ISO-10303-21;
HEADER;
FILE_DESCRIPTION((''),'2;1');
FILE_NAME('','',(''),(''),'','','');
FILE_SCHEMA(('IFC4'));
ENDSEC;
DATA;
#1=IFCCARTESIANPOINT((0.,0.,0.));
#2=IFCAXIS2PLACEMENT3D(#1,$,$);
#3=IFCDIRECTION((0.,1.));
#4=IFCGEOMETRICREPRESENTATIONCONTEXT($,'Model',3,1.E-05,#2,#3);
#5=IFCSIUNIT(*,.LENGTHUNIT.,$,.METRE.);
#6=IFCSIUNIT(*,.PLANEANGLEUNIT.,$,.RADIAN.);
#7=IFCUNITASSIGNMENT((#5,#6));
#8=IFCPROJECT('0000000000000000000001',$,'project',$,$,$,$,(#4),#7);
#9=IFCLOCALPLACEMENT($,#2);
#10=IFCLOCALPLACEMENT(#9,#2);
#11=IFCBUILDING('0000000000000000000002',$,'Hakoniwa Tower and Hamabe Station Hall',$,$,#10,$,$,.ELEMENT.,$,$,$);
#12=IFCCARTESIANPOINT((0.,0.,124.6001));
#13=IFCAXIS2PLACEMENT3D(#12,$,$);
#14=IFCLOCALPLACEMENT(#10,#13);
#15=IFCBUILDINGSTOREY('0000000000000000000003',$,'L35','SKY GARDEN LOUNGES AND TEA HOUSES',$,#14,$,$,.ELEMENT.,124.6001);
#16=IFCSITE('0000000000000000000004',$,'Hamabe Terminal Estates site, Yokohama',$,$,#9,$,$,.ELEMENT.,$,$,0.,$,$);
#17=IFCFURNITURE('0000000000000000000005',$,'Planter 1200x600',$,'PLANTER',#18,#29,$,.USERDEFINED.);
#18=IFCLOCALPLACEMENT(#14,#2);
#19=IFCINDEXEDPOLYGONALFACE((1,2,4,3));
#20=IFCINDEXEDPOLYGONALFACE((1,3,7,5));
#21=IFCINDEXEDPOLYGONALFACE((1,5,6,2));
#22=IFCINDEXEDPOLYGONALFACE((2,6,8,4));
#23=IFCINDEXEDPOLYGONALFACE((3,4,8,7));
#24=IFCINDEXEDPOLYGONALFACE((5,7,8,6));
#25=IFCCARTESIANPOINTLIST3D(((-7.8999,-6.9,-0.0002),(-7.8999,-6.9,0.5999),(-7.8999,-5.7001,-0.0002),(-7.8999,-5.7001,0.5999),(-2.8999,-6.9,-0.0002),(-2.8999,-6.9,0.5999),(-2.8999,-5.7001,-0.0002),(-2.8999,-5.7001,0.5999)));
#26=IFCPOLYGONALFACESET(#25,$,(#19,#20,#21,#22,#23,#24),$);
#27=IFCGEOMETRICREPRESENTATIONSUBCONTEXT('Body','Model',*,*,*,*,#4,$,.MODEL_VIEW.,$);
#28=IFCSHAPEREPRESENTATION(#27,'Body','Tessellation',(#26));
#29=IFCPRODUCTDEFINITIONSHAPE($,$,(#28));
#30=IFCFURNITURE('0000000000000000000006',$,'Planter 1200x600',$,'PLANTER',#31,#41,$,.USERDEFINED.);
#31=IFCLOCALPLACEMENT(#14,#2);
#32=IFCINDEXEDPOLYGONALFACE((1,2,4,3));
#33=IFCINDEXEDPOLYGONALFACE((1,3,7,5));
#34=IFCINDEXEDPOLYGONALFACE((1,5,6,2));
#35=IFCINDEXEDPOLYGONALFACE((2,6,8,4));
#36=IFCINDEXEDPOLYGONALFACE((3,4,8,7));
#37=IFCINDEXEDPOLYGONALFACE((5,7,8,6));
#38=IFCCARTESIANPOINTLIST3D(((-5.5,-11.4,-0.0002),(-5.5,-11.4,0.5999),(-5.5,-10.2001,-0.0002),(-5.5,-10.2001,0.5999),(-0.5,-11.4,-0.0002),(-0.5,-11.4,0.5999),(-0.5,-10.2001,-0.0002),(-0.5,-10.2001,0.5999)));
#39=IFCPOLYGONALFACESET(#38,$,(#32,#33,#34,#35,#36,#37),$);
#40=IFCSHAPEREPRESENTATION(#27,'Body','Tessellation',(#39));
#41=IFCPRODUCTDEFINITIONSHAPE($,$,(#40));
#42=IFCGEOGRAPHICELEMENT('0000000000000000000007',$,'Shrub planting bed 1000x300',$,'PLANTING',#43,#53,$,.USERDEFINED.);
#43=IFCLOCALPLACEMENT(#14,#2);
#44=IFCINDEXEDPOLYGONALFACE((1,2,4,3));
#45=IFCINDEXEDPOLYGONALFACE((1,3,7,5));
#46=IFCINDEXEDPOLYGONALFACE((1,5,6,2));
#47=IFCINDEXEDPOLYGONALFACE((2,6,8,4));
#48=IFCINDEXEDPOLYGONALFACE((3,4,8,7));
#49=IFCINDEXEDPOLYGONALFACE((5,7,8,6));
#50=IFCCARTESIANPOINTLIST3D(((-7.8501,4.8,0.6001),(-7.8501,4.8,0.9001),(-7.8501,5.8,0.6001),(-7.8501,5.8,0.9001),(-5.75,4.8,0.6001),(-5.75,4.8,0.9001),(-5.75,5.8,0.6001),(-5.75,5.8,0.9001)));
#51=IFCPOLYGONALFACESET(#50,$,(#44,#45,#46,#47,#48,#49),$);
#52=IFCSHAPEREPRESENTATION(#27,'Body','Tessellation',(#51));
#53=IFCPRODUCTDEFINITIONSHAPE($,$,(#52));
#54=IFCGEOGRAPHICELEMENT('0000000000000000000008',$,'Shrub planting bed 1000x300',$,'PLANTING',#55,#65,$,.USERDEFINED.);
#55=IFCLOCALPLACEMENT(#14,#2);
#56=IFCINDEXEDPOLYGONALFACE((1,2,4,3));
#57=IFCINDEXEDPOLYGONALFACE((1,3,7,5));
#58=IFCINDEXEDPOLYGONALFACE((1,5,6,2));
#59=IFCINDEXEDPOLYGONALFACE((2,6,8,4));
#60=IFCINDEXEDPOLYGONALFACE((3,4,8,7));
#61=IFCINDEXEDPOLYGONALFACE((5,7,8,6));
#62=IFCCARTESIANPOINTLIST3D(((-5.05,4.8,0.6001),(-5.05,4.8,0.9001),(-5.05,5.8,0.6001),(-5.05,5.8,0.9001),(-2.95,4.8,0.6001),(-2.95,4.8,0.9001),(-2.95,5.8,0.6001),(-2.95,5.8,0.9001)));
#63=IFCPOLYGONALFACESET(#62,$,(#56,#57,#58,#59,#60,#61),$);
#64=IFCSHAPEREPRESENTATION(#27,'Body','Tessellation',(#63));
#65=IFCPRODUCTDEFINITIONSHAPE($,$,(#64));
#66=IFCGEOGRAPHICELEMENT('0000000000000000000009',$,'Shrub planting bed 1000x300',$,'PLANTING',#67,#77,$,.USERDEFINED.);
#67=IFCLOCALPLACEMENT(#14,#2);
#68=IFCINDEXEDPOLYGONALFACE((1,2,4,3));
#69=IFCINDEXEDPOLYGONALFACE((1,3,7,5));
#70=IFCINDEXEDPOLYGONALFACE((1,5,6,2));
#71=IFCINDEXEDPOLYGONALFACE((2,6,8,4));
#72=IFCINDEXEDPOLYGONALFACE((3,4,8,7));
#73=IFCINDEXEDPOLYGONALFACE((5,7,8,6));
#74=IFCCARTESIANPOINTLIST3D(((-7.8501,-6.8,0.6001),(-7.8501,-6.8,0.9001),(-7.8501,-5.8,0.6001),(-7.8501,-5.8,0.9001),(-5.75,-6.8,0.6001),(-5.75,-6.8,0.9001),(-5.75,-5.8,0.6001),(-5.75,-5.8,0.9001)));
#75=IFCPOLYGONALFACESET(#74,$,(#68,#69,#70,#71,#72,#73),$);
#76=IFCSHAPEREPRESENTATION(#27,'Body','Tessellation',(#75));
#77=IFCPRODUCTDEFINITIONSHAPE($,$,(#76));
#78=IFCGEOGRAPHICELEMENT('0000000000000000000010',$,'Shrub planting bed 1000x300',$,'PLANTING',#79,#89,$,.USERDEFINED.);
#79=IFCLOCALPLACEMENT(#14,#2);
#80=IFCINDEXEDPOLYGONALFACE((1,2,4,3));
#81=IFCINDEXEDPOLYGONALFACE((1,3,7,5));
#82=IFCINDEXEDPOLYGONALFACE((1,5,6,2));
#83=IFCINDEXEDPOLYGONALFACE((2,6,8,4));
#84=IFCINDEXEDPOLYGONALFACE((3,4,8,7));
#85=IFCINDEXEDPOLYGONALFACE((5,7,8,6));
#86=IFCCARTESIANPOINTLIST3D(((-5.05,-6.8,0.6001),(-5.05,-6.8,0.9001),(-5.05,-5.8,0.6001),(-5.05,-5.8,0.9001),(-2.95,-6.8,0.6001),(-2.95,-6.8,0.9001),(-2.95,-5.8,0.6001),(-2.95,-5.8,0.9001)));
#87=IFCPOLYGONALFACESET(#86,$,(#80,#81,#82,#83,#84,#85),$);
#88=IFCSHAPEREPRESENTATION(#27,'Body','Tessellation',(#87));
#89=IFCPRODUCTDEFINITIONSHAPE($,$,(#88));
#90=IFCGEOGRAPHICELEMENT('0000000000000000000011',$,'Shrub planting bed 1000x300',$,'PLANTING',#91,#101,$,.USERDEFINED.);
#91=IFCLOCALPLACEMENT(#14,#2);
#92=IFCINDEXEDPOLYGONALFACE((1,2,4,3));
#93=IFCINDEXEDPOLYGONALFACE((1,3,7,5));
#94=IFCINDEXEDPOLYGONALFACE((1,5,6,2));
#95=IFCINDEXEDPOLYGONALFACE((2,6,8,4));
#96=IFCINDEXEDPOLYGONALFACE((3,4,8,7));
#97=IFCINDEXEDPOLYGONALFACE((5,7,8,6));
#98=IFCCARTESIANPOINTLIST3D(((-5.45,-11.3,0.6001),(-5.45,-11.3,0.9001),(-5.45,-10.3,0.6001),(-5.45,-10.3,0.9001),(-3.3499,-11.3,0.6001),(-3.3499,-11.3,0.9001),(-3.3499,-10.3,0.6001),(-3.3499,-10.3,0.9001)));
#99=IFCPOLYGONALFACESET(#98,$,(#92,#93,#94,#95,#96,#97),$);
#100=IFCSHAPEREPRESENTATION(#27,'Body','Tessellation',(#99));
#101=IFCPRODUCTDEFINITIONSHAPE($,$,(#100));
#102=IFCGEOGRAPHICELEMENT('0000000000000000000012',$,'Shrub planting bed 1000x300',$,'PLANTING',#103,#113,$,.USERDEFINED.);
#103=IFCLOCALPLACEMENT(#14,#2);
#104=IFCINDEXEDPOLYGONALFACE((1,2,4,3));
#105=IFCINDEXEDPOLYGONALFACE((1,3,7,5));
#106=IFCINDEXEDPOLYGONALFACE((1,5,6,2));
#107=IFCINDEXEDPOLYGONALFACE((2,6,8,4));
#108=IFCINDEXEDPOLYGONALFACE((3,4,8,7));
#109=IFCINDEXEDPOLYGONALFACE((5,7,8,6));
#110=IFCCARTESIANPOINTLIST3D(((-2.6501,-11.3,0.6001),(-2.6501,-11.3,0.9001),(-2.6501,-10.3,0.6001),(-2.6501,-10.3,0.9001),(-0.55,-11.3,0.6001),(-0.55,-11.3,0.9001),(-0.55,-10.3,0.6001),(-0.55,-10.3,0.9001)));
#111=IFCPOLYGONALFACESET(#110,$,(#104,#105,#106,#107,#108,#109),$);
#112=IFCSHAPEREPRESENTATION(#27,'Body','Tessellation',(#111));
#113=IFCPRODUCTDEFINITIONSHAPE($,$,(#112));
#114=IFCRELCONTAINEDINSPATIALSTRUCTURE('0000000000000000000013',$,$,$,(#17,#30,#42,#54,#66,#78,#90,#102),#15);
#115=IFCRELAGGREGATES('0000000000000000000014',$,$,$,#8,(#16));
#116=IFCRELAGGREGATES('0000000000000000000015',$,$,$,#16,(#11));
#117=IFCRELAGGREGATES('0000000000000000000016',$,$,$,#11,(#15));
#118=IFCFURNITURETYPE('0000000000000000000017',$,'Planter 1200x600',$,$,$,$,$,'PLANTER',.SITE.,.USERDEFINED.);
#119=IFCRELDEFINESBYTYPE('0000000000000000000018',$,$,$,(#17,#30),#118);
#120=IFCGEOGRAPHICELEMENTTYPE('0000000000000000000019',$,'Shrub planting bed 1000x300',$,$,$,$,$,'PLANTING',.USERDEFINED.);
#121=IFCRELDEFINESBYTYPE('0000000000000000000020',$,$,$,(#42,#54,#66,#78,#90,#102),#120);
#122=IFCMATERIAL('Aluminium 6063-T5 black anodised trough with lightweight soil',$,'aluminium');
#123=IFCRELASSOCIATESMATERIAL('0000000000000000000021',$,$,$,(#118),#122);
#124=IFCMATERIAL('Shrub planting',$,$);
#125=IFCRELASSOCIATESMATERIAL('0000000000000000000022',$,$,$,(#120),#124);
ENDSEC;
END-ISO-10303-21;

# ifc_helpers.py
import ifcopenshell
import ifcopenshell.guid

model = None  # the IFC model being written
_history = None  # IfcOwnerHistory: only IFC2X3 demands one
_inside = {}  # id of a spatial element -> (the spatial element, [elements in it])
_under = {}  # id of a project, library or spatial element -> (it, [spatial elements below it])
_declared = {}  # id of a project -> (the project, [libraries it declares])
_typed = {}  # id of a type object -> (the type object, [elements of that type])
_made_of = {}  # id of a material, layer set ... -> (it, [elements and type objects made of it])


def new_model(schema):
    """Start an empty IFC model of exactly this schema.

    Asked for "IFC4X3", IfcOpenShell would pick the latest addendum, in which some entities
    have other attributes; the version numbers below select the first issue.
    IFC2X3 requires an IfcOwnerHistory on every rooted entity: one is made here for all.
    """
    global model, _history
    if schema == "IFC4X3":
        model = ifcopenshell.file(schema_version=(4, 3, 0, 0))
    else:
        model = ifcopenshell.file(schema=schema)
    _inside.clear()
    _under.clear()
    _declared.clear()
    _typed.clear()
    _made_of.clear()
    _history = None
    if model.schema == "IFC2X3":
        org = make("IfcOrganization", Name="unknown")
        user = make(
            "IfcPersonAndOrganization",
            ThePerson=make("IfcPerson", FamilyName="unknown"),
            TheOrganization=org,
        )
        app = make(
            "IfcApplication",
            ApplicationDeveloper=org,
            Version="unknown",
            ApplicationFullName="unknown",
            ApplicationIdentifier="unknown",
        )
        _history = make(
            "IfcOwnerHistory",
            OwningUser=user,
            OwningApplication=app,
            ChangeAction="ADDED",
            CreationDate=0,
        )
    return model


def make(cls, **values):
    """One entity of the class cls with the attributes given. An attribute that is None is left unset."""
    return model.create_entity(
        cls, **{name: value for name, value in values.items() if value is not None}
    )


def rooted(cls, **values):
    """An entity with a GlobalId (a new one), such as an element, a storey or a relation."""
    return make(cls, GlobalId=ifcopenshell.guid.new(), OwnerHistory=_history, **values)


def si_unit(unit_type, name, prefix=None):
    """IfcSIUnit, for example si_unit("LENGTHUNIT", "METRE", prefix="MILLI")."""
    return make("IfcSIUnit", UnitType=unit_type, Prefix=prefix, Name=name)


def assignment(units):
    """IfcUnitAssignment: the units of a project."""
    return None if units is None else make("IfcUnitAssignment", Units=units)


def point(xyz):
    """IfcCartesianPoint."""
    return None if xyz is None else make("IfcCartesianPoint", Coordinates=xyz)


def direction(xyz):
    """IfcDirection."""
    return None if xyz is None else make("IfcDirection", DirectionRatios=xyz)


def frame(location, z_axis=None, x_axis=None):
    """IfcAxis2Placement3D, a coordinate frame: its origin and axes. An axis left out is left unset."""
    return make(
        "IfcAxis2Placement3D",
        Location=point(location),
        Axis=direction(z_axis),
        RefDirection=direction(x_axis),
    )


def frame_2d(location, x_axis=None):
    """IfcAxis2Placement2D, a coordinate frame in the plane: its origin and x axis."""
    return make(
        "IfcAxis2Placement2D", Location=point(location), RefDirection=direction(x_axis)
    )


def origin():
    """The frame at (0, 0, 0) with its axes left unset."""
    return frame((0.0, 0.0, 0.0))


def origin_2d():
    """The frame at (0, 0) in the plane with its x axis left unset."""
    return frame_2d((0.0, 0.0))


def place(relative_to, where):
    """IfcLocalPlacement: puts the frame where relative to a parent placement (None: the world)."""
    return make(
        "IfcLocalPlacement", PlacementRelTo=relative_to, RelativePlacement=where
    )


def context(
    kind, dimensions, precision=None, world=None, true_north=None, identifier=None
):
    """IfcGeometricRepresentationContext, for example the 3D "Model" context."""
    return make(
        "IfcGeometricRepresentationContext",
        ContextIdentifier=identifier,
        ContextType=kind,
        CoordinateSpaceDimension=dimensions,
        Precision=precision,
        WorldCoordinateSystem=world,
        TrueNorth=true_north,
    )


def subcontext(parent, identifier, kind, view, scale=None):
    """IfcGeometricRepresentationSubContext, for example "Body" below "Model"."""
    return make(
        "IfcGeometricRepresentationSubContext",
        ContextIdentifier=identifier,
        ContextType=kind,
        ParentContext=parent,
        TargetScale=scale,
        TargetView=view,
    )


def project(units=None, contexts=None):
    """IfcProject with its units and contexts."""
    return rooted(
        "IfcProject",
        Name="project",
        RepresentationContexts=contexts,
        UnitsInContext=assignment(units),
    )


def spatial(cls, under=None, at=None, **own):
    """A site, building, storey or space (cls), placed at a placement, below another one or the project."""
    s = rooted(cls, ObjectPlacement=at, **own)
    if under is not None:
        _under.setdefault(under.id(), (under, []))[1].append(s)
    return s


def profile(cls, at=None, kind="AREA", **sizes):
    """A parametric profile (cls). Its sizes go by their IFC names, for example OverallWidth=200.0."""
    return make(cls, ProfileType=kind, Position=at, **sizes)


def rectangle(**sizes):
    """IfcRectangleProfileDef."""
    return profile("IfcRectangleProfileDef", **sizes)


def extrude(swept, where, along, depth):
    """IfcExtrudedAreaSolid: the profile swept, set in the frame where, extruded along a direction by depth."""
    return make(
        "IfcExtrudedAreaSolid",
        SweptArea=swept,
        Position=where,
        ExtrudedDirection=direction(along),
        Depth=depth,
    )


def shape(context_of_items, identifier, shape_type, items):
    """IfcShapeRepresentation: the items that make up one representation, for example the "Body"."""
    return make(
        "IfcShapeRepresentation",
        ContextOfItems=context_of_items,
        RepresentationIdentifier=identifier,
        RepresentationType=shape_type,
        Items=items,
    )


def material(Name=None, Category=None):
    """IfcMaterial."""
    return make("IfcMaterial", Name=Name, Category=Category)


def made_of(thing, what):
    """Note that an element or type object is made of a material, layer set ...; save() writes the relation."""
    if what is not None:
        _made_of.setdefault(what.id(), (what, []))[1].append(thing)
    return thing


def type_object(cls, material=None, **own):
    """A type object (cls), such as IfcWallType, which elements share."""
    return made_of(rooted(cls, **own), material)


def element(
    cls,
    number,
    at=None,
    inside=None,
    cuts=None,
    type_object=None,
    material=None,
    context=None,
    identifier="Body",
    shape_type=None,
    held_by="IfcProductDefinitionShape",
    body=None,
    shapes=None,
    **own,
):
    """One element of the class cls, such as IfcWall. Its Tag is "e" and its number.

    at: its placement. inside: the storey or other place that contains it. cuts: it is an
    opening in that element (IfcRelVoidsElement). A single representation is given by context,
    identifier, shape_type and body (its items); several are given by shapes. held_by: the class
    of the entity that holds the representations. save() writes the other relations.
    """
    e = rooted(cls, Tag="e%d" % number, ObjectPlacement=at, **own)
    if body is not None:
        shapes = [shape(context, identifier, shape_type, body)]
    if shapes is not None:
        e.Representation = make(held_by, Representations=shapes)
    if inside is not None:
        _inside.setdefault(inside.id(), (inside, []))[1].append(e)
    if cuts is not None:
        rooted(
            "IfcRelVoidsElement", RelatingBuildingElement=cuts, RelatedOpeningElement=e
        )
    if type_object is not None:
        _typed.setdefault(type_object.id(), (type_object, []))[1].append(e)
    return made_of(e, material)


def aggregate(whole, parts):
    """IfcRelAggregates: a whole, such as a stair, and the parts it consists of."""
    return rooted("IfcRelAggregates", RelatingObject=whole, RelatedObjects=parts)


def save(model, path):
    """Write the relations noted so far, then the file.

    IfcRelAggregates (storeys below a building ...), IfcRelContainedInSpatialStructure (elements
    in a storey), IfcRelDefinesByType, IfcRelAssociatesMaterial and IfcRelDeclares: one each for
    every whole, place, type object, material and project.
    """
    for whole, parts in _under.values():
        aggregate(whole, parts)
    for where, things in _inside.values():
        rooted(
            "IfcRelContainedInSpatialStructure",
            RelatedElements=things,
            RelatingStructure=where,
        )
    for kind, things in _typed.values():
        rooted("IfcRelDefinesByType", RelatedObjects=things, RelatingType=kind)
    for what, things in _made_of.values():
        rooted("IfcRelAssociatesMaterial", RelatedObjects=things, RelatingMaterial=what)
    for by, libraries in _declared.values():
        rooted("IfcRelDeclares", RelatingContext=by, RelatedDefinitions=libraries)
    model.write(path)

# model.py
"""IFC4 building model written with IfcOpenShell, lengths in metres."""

from ifc_helpers import new_model, si_unit, direction, frame, origin, origin_2d, place, context, subcontext, project, spatial, rectangle, extrude, material, type_object, element, save


model = new_model("IFC4")

# Units and contexts
model_context = context("Model", 3, precision=1e-05, world=origin(), true_north=direction((0.0, 1.0)))
body_context = subcontext(model_context, "Body", "Model", "MODEL_VIEW")
ifc_project = project(units=[si_unit("LENGTHUNIT", "METRE"), si_unit("PLANEANGLEUNIT", "RADIAN")], contexts=[model_context])

# Site, building, storey
site_placement = place(None, origin())
site = spatial("IfcSite", under=ifc_project, at=site_placement, Name="Hamabe Terminal Estates site, Yokohama", CompositionType="ELEMENT", RefElevation=0.0)
building_placement = place(site_placement, origin())
building = spatial("IfcBuilding", under=site, at=building_placement, Name="Hakoniwa Tower and Hamabe Station Hall", CompositionType="ELEMENT")
storey_placement = place(building_placement, frame((0.0, 0.0, 124.6001)))
storey = spatial("IfcBuildingStorey", under=building, at=storey_placement, Name="L35", Description="SKY GARDEN LOUNGES AND TEA HOUSES", CompositionType="ELEMENT", Elevation=124.6001)

# Furniture
ifc_material_1 = material(Name="Aluminium 6063-T5 black anodised trough with lightweight soil", Category="aluminium")
furniture_type = type_object("IfcFurnitureType", Name="Planter 1200x600", ElementType="PLANTER", AssemblyPlace="SITE", PredefinedType="USERDEFINED", material=ifc_material_1)
for number, where, z_axis, x_axis, name in (
    (1, (-5.3999, -6.3, -0.0002), (0.0, 0.0, 1.0), (1.0, 0.0, 0.0), "Planter 1200x600"),
    (2, (-3.0, -10.8, -0.0002), (0.0, 0.0, 1.0), (1.0, 0.0, 0.0), "Planter 1200x600"),
):
    element("IfcFurniture", number, at=place(storey_placement, frame(where, z_axis=z_axis, x_axis=x_axis)), inside=storey, type_object=furniture_type, Name=name, ObjectType="PLANTER", PredefinedType="USERDEFINED", context=body_context, shape_type="SweptSolid", body=[
        extrude(rectangle(XDim=5.0, YDim=1.2, at=origin_2d()), origin(), (0.0, 0.0, 1.0), 0.6001),
    ])

# Geographic elements
ifc_material_2 = material(Name="Shrub planting")
geographic_element_type = type_object("IfcGeographicElementType", Name="Shrub planting bed 1000x300", ElementType="PLANTING", PredefinedType="USERDEFINED", material=ifc_material_2)
for number, where, z_axis, x_axis, name in (
    (3, (-6.8, 5.3, 0.6001), (0.0, 0.0, 1.0), (1.0, 0.0, 0.0), "Shrub planting bed 1000x300"),
    (4, (-4.0, 5.3, 0.6001), (0.0, 0.0, 1.0), (1.0, 0.0, 0.0), "Shrub planting bed 1000x300"),
    (5, (-6.8, -6.3, 0.6001), (0.0, 0.0, 1.0), (1.0, 0.0, 0.0), "Shrub planting bed 1000x300"),
    (6, (-4.0, -6.3, 0.6001), (0.0, 0.0, 1.0), (1.0, 0.0, 0.0), "Shrub planting bed 1000x300"),
    (7, (-4.3999, -10.8, 0.6001), (0.0, 0.0, 1.0), (1.0, 0.0, 0.0), "Shrub planting bed 1000x300"),
    (8, (-1.6001, -10.8, 0.6001), (0.0, 0.0, 1.0), (1.0, 0.0, 0.0), "Shrub planting bed 1000x300"),
):
    element("IfcGeographicElement", number, at=place(storey_placement, frame(where, z_axis=z_axis, x_axis=x_axis)), inside=storey, type_object=geographic_element_type, Name=name, ObjectType="PLANTING", PredefinedType="USERDEFINED", context=body_context, shape_type="SweptSolid", body=[
        extrude(rectangle(XDim=2.1001, YDim=1.0, at=origin_2d()), origin(), (0.0, 0.0, 1.0), 0.3),
    ])

save(model, "model.ifc")
